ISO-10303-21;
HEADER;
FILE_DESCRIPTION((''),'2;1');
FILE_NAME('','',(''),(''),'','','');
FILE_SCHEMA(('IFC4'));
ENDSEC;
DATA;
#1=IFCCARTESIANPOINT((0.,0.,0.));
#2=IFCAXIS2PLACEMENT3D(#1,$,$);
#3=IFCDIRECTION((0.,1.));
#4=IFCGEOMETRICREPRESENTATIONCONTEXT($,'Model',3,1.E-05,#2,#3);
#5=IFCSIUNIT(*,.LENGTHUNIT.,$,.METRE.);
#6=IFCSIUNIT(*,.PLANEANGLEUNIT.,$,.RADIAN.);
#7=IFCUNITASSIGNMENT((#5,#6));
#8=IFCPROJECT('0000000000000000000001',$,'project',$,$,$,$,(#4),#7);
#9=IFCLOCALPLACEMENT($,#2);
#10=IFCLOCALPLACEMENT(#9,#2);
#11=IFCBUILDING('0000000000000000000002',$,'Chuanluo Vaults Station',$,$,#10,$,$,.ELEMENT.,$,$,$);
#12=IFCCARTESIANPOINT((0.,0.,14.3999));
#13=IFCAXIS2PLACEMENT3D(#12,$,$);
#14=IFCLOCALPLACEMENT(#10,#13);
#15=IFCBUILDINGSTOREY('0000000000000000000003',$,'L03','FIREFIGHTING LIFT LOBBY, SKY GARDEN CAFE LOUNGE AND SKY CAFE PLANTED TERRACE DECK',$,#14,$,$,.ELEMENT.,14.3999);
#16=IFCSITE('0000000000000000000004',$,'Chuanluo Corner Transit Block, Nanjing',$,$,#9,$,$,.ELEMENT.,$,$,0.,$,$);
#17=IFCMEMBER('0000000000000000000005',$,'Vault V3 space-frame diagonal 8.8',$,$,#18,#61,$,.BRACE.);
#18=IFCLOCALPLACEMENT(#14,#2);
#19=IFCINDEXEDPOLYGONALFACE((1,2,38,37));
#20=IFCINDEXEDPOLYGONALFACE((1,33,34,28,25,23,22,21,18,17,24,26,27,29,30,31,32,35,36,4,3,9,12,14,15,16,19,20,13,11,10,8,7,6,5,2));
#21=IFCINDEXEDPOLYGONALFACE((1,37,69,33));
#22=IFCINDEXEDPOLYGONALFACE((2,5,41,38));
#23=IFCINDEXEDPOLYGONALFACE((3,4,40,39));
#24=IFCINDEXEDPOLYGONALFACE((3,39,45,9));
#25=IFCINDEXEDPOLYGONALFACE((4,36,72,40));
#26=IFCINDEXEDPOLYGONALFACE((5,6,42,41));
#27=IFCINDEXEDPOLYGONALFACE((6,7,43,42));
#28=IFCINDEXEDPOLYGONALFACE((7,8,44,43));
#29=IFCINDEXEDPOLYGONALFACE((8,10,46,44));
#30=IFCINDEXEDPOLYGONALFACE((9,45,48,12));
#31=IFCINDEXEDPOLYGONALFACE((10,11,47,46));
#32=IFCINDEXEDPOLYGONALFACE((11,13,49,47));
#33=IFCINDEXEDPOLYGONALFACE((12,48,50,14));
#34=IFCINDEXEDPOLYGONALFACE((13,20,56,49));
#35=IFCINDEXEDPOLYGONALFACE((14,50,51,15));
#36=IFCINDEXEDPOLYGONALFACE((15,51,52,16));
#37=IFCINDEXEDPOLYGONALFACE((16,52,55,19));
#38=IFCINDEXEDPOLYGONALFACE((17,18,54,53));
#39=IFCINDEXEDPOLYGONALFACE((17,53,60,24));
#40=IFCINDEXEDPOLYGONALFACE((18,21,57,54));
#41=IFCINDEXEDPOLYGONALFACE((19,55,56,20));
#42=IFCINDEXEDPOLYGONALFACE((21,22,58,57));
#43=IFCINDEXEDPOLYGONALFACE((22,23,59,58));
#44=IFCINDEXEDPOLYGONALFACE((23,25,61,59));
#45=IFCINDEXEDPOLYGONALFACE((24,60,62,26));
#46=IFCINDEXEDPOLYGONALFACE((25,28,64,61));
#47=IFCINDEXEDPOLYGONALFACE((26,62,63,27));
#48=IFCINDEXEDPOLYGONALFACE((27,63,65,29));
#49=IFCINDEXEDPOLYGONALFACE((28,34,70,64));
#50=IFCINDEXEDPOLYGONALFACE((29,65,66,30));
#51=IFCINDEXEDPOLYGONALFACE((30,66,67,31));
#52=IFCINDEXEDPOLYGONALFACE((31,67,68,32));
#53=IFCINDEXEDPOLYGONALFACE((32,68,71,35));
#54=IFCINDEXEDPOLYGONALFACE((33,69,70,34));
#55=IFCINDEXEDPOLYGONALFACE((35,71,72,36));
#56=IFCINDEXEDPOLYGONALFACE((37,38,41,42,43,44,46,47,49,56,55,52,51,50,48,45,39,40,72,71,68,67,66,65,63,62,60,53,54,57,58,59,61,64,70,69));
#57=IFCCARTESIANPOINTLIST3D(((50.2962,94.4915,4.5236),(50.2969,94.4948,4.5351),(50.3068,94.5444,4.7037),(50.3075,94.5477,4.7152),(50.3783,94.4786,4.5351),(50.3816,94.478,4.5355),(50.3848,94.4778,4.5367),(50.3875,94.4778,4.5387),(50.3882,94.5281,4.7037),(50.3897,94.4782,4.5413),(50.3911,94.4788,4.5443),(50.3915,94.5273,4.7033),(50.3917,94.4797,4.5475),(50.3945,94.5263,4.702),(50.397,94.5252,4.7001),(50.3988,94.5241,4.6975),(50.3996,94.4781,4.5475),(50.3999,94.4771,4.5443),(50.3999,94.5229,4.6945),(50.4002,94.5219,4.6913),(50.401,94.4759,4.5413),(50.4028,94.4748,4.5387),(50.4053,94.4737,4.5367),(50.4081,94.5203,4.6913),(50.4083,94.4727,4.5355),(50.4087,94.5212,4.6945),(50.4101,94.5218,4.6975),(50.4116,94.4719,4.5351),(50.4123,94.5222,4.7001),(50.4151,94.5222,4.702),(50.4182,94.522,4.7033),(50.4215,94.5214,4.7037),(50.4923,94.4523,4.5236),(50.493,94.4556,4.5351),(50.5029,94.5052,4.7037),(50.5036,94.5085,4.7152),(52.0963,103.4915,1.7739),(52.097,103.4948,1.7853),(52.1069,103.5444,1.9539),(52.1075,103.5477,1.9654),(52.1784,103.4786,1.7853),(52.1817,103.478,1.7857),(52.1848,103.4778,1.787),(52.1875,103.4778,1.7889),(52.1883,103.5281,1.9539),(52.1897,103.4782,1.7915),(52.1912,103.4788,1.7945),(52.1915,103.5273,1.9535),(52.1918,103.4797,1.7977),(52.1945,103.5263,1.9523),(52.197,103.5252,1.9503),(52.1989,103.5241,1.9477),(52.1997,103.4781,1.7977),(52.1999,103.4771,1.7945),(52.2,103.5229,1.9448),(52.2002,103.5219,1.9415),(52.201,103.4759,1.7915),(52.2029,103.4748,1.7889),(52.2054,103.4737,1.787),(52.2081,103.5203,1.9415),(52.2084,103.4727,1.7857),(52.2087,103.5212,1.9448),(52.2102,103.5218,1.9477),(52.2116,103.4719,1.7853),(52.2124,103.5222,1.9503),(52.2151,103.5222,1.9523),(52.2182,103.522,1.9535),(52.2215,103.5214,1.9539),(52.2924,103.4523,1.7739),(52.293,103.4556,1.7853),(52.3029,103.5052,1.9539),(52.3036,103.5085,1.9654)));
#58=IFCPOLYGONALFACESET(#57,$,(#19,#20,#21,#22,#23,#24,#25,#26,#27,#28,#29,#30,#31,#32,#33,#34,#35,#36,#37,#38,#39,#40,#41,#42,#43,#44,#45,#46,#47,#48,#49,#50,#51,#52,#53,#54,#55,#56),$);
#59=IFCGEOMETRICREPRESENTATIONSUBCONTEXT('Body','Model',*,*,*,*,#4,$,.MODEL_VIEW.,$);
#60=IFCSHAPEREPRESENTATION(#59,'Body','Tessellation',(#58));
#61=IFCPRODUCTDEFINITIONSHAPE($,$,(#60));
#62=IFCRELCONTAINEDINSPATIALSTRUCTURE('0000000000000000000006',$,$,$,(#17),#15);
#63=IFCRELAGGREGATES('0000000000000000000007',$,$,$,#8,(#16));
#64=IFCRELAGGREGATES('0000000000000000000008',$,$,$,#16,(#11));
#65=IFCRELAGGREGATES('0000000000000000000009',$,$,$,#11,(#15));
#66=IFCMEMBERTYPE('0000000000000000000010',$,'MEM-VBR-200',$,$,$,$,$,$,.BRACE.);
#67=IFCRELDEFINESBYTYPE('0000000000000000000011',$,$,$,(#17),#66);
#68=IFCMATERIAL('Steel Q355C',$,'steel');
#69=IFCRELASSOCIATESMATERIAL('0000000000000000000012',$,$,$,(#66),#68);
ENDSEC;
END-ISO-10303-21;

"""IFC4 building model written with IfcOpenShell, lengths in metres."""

from ifc_helpers import new_model, si_unit, direction, frame, origin, origin_2d, place, context, subcontext, project, spatial, i_section, extrude, material, material_profile, profile_set, type_object, element, save


model = new_model("IFC4")

# Units and contexts
model_context = context("Model", 3, precision=1e-05, world=origin(), true_north=direction((0.0, 1.0)))
body_context = subcontext(model_context, "Body", "Model", "MODEL_VIEW")
ifc_project = project(units=[si_unit("LENGTHUNIT", "METRE"), si_unit("PLANEANGLEUNIT", "RADIAN")], contexts=[model_context])

# Site, building, storey
site_placement = place(None, origin())
site = spatial("IfcSite", under=ifc_project, at=site_placement, Name="Chuanluo Corner Transit Block, Nanjing", CompositionType="ELEMENT", RefElevation=0.0)
building_placement = place(site_placement, origin())
building = spatial("IfcBuilding", under=site, at=building_placement, Name="Chuanluo Vaults Station", CompositionType="ELEMENT")
storey_placement = place(building_placement, frame((0.0, 0.0, 14.3999)))
storey = spatial("IfcBuildingStorey", under=building, at=storey_placement, Name="L03", Description="FIREFIGHTING LIFT LOBBY, SKY GARDEN CAFE LOUNGE AND SKY CAFE PLANTED TERRACE DECK", CompositionType="ELEMENT", Elevation=14.3999)

# Member
ifc_material_1 = material(Name="Steel Q355C", Category="steel")
ifc_material_profile_1 = material_profile(ifc_material_1, i_section(OverallWidth=0.2, OverallDepth=0.2, WebThickness=0.0081, FlangeThickness=0.012, FilletRadius=0.0129, at=origin_2d()))
ifc_profile_set_1 = profile_set([ifc_material_profile_1], Name="Steel Q355C")
member_type_1 = type_object("IfcMemberType", Name="MEM-VBR-200", PredefinedType="BRACE", material=ifc_profile_set_1)
member_1_placement = place(storey_placement, frame((50.3999, 94.5, 4.6194), z_axis=(0.187871, 0.93933, -0.286992), x_axis=(-0.98058, 0.196121, 0.0)))
element("IfcMember", 1, at=member_1_placement, inside=storey, type_object=member_type_1, Name="Vault V3 space-frame diagonal 8.8", PredefinedType="BRACE", context=body_context, shape_type="SweptSolid", body=[
    extrude(i_section(OverallWidth=0.2, OverallDepth=0.2, WebThickness=0.0081, FlangeThickness=0.012, FilletRadius=0.0129, at=origin_2d()), origin(), (0.0, 0.0, 1.0), 9.5813),
])

save(model, "model.ifc")
